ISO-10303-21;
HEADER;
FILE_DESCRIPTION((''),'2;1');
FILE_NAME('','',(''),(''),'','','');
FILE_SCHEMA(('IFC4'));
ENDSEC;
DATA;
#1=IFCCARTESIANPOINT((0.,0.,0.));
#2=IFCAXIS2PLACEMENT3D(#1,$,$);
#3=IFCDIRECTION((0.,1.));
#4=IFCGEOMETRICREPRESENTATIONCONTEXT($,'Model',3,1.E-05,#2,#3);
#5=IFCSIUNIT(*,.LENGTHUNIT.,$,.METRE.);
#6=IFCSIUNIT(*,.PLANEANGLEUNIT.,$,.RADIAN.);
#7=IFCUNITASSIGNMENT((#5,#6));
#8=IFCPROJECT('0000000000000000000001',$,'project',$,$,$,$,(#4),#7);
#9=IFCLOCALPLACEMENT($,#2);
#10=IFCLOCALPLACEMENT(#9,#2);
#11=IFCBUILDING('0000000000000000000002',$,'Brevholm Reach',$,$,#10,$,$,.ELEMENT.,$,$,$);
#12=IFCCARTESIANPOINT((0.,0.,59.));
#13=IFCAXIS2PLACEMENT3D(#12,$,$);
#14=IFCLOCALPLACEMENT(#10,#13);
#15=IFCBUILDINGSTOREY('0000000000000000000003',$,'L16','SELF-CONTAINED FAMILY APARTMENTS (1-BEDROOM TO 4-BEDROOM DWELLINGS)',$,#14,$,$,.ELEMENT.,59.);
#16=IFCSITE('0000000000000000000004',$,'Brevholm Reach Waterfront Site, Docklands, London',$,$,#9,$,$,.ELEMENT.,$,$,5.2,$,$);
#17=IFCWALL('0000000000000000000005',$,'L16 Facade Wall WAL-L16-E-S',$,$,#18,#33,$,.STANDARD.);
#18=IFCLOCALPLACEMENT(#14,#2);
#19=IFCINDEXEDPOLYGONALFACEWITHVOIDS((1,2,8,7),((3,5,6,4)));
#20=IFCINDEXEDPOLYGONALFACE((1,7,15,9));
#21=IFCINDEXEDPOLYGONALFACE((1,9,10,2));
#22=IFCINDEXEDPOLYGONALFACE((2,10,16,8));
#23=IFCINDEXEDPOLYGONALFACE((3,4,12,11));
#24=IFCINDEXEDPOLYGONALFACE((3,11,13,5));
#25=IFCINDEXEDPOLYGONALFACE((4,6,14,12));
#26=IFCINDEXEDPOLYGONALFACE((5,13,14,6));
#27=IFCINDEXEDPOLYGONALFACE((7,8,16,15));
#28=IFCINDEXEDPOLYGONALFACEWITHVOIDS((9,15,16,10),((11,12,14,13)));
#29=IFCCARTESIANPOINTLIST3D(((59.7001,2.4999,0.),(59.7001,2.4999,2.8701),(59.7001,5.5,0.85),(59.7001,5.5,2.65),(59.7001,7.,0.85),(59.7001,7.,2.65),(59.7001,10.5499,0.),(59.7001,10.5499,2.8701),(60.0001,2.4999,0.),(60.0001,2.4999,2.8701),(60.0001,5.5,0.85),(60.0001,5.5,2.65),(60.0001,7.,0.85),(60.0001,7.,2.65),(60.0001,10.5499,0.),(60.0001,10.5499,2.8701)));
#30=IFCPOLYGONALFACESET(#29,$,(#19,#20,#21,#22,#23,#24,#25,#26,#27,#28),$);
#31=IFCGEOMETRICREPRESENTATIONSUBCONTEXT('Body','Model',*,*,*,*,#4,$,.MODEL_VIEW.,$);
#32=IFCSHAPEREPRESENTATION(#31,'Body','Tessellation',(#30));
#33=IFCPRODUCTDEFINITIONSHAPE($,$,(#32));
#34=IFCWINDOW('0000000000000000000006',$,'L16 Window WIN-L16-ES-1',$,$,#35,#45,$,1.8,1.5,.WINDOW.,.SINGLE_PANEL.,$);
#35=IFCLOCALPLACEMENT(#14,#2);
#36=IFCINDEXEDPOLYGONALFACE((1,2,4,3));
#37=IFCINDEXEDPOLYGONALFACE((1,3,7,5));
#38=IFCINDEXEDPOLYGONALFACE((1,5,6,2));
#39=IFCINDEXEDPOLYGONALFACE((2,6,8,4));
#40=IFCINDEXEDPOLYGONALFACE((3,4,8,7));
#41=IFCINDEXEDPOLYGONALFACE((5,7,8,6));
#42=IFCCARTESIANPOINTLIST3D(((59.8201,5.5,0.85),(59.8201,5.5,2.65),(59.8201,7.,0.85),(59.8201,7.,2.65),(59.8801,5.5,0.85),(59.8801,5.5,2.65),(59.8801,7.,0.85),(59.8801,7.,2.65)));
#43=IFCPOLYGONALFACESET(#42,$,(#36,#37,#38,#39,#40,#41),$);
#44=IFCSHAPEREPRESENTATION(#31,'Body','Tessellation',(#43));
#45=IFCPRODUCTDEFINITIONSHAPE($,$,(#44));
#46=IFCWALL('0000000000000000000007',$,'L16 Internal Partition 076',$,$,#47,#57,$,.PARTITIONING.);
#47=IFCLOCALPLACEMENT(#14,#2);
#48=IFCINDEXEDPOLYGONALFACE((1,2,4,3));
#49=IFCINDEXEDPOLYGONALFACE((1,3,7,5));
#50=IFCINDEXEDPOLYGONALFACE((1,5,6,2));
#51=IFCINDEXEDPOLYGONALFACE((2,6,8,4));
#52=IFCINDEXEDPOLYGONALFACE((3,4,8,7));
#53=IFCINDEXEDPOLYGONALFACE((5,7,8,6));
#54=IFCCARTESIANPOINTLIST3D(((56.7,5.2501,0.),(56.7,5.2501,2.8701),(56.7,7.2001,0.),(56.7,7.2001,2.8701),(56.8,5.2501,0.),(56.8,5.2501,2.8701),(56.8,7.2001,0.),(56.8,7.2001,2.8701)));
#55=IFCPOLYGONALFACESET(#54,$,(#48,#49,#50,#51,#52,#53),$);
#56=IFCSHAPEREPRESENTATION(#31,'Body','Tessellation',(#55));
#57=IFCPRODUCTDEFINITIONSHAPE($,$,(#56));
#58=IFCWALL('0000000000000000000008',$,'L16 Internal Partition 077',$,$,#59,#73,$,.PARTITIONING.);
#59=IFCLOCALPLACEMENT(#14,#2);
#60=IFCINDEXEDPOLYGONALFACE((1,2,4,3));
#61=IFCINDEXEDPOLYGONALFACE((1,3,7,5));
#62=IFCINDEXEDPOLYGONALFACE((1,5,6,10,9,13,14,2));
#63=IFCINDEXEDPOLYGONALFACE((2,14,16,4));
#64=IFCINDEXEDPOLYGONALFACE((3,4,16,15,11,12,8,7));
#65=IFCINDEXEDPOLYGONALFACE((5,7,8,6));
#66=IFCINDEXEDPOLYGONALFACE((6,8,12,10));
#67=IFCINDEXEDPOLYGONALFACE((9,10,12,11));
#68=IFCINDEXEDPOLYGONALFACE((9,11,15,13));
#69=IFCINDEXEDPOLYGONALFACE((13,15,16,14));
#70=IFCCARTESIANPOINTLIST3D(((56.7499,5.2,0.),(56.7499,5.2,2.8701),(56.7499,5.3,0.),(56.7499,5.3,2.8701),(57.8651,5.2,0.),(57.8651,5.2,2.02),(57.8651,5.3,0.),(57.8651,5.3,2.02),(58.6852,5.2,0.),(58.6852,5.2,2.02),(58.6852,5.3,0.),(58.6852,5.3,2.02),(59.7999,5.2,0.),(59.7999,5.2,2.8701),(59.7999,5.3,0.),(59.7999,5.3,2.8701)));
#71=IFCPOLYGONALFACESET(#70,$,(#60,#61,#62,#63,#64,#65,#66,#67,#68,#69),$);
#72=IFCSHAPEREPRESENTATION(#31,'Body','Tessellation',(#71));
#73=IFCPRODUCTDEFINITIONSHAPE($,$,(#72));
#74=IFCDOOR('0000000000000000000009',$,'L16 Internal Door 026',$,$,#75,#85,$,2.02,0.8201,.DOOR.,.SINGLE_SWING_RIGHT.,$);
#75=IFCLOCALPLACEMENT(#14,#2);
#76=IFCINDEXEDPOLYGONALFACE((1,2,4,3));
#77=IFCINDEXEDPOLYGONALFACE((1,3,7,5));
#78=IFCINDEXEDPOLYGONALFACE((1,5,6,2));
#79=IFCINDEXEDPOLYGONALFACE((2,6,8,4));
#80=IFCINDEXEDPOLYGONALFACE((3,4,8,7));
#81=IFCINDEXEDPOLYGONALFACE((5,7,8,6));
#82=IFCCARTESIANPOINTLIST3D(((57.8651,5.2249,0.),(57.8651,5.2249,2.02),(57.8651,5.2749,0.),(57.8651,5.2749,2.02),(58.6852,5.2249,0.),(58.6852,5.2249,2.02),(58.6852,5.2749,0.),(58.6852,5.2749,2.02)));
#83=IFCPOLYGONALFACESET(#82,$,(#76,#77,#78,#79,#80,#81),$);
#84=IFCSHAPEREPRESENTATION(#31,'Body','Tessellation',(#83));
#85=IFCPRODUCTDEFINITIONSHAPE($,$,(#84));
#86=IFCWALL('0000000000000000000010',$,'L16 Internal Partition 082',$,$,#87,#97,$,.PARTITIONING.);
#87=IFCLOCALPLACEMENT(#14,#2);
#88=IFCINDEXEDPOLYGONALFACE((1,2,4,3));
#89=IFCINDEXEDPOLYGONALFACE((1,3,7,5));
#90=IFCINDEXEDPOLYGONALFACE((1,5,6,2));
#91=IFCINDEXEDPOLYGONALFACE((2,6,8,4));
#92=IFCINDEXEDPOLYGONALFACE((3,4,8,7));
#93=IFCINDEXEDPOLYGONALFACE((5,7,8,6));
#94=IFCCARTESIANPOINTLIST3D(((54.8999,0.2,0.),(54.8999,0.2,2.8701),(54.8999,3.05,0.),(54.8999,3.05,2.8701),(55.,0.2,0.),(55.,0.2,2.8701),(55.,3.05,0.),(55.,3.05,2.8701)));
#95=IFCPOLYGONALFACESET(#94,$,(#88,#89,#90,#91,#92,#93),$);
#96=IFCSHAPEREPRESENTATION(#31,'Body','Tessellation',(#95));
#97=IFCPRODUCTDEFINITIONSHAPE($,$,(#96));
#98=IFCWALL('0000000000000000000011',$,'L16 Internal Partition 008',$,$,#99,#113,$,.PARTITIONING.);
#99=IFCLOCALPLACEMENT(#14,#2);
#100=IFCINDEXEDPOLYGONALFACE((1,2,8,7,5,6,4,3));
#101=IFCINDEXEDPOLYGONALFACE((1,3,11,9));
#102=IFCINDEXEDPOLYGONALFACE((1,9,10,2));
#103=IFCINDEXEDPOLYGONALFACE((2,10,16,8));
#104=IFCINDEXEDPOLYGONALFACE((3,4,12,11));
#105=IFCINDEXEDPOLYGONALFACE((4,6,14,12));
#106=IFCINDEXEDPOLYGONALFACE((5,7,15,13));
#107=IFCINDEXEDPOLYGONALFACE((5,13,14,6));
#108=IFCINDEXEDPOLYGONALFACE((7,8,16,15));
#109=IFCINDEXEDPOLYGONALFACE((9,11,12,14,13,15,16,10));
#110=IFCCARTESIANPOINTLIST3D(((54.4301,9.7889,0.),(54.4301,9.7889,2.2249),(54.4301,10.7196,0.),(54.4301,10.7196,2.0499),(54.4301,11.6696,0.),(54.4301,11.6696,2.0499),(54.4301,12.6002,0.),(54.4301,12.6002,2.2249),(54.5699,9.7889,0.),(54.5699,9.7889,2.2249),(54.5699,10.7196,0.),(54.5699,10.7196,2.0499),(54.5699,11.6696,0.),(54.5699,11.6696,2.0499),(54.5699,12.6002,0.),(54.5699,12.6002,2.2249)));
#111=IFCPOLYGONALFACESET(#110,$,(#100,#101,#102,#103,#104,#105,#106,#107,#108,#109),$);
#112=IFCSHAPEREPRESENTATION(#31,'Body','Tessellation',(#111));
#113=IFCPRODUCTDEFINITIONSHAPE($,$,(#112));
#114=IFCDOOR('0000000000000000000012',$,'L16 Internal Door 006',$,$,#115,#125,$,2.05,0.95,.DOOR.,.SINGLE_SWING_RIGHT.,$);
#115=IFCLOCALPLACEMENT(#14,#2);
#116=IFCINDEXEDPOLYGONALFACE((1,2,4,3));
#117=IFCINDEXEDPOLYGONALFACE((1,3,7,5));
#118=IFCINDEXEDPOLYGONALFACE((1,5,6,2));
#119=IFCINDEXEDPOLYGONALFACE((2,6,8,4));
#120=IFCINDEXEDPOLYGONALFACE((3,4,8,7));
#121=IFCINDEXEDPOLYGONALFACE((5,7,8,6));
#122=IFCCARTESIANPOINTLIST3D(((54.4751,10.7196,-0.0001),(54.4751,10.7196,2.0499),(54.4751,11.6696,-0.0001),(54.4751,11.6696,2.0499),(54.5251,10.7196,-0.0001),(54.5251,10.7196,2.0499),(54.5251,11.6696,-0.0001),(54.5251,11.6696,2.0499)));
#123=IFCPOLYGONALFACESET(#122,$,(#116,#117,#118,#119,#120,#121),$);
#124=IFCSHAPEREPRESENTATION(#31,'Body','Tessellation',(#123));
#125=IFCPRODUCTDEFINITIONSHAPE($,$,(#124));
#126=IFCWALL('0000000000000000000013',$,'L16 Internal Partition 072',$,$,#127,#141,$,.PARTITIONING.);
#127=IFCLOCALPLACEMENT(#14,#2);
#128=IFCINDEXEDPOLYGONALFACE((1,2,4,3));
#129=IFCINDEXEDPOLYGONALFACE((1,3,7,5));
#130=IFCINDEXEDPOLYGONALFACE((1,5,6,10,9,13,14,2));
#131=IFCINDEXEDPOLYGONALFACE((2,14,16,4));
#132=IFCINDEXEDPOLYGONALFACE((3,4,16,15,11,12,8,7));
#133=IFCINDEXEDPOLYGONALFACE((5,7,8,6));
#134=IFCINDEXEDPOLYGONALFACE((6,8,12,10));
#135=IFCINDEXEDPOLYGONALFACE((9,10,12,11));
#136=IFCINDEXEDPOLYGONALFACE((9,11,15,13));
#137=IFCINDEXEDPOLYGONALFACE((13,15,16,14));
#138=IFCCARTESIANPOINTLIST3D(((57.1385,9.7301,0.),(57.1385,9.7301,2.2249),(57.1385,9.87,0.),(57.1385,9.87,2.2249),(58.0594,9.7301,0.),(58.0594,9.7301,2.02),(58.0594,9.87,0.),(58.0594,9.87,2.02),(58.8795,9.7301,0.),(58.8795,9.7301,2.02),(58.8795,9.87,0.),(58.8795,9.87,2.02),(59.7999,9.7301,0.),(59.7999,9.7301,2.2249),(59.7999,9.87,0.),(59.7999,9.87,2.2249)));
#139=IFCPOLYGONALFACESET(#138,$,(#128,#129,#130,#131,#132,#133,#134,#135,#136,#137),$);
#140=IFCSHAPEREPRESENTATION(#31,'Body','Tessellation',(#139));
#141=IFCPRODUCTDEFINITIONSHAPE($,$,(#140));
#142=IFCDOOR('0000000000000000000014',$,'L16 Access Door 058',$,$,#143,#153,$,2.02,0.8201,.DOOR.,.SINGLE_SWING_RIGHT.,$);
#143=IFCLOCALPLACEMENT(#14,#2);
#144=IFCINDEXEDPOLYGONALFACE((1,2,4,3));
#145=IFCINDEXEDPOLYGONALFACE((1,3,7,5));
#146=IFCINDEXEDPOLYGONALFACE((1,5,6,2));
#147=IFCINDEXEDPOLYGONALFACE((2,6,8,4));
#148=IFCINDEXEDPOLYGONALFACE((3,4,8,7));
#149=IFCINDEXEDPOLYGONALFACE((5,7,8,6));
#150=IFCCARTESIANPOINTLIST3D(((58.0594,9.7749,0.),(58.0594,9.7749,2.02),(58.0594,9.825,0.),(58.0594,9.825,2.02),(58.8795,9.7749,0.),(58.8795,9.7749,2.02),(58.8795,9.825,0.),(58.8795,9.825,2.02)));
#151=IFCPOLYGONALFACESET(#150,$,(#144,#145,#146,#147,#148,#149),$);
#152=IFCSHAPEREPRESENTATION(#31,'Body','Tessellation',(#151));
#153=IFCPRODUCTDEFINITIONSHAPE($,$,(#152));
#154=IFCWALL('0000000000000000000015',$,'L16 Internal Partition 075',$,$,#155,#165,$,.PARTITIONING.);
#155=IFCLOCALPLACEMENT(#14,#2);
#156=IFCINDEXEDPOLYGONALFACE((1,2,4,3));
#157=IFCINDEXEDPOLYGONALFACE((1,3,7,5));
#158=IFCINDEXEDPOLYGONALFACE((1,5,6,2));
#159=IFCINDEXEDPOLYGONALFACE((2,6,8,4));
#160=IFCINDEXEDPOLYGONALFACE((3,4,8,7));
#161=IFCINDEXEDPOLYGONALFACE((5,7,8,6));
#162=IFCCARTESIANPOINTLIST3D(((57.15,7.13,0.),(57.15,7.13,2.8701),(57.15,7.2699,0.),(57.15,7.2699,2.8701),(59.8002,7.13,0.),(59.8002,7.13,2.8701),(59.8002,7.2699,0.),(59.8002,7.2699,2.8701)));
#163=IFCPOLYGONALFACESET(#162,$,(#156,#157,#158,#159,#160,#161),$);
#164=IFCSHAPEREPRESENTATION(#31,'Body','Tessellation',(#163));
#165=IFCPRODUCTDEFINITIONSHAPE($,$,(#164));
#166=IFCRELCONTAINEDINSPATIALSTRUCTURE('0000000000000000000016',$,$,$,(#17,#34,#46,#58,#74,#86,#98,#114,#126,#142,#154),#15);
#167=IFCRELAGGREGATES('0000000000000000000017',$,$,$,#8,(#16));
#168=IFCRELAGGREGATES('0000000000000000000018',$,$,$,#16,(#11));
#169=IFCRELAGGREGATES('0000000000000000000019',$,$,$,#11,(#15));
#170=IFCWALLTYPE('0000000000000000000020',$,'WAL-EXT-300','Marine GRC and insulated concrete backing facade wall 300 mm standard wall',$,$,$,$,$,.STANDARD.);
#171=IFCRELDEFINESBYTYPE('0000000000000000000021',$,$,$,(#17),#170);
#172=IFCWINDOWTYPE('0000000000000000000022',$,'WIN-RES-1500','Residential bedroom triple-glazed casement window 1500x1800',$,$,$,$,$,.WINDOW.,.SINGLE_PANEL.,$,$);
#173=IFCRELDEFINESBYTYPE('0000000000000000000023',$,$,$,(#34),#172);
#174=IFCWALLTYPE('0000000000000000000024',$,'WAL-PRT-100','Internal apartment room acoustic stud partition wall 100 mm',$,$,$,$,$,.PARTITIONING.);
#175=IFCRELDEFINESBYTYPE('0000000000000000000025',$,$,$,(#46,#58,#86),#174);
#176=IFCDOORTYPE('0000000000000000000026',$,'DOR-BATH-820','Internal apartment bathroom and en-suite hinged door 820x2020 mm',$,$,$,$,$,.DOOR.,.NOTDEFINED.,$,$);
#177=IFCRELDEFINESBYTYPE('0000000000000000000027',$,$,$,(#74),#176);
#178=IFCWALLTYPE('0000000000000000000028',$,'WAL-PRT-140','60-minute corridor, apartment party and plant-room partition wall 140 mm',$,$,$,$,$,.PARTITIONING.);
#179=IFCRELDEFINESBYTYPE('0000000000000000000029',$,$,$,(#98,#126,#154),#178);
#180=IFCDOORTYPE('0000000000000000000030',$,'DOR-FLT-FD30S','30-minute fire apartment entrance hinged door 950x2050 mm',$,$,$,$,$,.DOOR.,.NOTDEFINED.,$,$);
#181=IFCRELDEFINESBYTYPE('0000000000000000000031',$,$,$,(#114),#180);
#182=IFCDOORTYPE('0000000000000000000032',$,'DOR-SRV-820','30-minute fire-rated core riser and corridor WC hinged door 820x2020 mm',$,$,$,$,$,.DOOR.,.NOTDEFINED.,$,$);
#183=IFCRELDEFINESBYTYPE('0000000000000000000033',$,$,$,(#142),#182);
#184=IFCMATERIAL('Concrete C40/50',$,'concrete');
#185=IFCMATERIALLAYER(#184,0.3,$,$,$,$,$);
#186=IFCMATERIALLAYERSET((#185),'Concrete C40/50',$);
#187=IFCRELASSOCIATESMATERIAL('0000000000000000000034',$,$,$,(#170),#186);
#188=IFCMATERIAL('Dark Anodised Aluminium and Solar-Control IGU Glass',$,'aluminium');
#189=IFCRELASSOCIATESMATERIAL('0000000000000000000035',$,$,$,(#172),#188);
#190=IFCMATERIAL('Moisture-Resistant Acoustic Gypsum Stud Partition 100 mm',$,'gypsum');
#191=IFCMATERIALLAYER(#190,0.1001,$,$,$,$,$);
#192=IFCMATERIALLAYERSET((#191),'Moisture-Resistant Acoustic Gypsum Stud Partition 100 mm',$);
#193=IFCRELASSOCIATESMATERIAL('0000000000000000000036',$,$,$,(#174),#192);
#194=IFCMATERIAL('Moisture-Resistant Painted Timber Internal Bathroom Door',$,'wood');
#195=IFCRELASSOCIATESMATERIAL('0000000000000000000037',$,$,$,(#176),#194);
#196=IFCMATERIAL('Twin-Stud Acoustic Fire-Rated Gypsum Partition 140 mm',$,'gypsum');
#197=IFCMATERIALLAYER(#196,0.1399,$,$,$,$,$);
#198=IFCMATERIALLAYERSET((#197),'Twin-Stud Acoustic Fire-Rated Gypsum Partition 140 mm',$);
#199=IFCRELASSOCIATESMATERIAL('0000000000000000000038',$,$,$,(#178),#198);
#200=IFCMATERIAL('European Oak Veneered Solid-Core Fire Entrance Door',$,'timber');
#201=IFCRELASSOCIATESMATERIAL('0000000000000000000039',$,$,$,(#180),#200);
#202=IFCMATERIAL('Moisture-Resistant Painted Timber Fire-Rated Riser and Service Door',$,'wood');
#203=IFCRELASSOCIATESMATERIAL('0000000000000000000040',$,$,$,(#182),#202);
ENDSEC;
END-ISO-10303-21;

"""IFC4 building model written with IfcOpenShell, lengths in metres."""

from ifc_helpers import new_model, si_unit, direction, frame, frame_2d, origin, place, context, subcontext, project, spatial, rectangle, extrude, material, layer, layer_set, type_object, element, fill, save


model = new_model("IFC4")

# Units and contexts
model_context = context("Model", 3, precision=1e-05, world=origin(), true_north=direction((0.0, 1.0)))
body_context = subcontext(model_context, "Body", "Model", "MODEL_VIEW")
ifc_project = project(units=[si_unit("LENGTHUNIT", "METRE"), si_unit("PLANEANGLEUNIT", "RADIAN")], contexts=[model_context])

# Site, building, storey
site_placement = place(None, origin())
site = spatial("IfcSite", under=ifc_project, at=site_placement, Name="Brevholm Reach Waterfront Site, Docklands, London", CompositionType="ELEMENT", RefElevation=5.2)
building_placement = place(site_placement, origin())
building = spatial("IfcBuilding", under=site, at=building_placement, Name="Brevholm Reach", CompositionType="ELEMENT")
storey_placement = place(building_placement, frame((0.0, 0.0, 59.0)))
storey = spatial("IfcBuildingStorey", under=building, at=storey_placement, Name="L16", Description="SELF-CONTAINED FAMILY APARTMENTS (1-BEDROOM TO 4-BEDROOM DWELLINGS)", CompositionType="ELEMENT", Elevation=59.0)

# Shared definitions
ifc_material_1 = material(Name="Concrete C40/50", Category="concrete")
ifc_layer_1 = layer(ifc_material_1, 0.3)
ifc_layer_set_1 = layer_set([ifc_layer_1], Name="Concrete C40/50")
wall_type_1 = type_object("IfcWallType", Name="WAL-EXT-300", Description="Marine GRC and insulated concrete backing facade wall 300 mm standard wall", PredefinedType="STANDARD", material=ifc_layer_set_1)

# Wall, opening, window
wall_1_placement = place(storey_placement, frame((59.8501, 2.5, 0.0), z_axis=(0.0, 0.0, 1.0), x_axis=(0.0, 1.0, 0.0)))
wall_1 = element("IfcWall", 1, at=wall_1_placement, inside=storey, type_object=wall_type_1, Name="L16 Facade Wall WAL-L16-E-S", PredefinedType="STANDARD", context=body_context, shape_type="SweptSolid", body=[
    extrude(rectangle(XDim=8.05, YDim=0.3, at=frame_2d((4.0249, 0.0))), origin(), (0.0, 0.0, 1.0), 2.8701),
])
opening_1_placement = place(wall_1_placement, frame((3.0, 0.0, 0.8501)))
opening_1 = element("IfcOpeningElement", 2, at=opening_1_placement, cuts=wall_1, PredefinedType="OPENING", context=body_context, shape_type="SweptSolid", body=[
    extrude(rectangle(XDim=1.5, YDim=1.8, at=frame_2d((0.75, 0.8999))), frame((0.0, 0.1599, 0.0), z_axis=(0.0, -1.0, 0.0), x_axis=(1.0, 0.0, 0.0)), (0.0, 0.0, 1.0), 0.3201),
])
ifc_material_2 = material(Name="Dark Anodised Aluminium and Solar-Control IGU Glass", Category="aluminium")
window_type = type_object("IfcWindowType", Name="WIN-RES-1500", Description="Residential bedroom triple-glazed casement window 1500x1800", PartitioningType="SINGLE_PANEL", PredefinedType="WINDOW", material=ifc_material_2)
window_placement = place(opening_1_placement, origin())
window = element("IfcWindow", 3, at=window_placement, inside=storey, type_object=window_type, Name="L16 Window WIN-L16-ES-1", OverallHeight=1.8, OverallWidth=1.5, PartitioningType="SINGLE_PANEL", PredefinedType="WINDOW", context=body_context, shape_type="SweptSolid", body=[
    extrude(rectangle(XDim=1.5, YDim=1.8, at=frame_2d((0.75, 0.8999))), frame((0.0, 0.03, 0.0), z_axis=(0.0, -1.0, 0.0), x_axis=(1.0, 0.0, 0.0)), (0.0, 0.0, 1.0), 0.0601),
])
fill(opening_1, window)

# Wall
ifc_material_3 = material(Name="Moisture-Resistant Acoustic Gypsum Stud Partition 100 mm", Category="gypsum")
ifc_layer_2 = layer(ifc_material_3, 0.1001)
ifc_layer_set_2 = layer_set([ifc_layer_2], Name="Moisture-Resistant Acoustic Gypsum Stud Partition 100 mm")
wall_type_2 = type_object("IfcWallType", Name="WAL-PRT-100", Description="Internal apartment room acoustic stud partition wall 100 mm", PredefinedType="PARTITIONING", material=ifc_layer_set_2)
wall_2_placement = place(storey_placement, frame((56.75, 5.25, 0.0), z_axis=(0.0, 0.0, 1.0), x_axis=(0.0, 1.0, 0.0)))
element("IfcWall", 4, at=wall_2_placement, inside=storey, type_object=wall_type_2, Name="L16 Internal Partition 076", PredefinedType="PARTITIONING", context=body_context, shape_type="SweptSolid", body=[
    extrude(rectangle(XDim=1.95, YDim=0.1001, at=frame_2d((0.9751, 0.0))), origin(), (0.0, 0.0, 1.0), 2.8701),
])

# Wall, opening, door
wall_3_placement = place(storey_placement, frame((56.75, 5.25, 0.0), z_axis=(0.0, 0.0, 1.0), x_axis=(1.0, 0.0, 0.0)))
wall_3 = element("IfcWall", 5, at=wall_3_placement, inside=storey, type_object=wall_type_2, Name="L16 Internal Partition 077", PredefinedType="PARTITIONING", context=body_context, shape_type="SweptSolid", body=[
    extrude(rectangle(XDim=3.05, YDim=0.1001, at=frame_2d((1.5249, 0.0))), origin(), (0.0, 0.0, 1.0), 2.8701),
])
opening_2_placement = place(wall_3_placement, frame((1.115, 0.0, 0.0)))
opening_2 = element("IfcOpeningElement", 6, at=opening_2_placement, cuts=wall_3, PredefinedType="OPENING", context=body_context, shape_type="SweptSolid", body=[
    extrude(rectangle(XDim=0.8201, YDim=2.02, at=frame_2d((0.4102, 1.01))), frame((0.0, 0.0601, 0.0), z_axis=(0.0, -1.0, 0.0), x_axis=(1.0, 0.0, 0.0)), (0.0, 0.0, 1.0), 0.1201),
])
ifc_material_4 = material(Name="Moisture-Resistant Painted Timber Internal Bathroom Door", Category="wood")
door_type_1 = type_object("IfcDoorType", Name="DOR-BATH-820", Description="Internal apartment bathroom and en-suite hinged door 820x2020 mm", OperationType="NOTDEFINED", PredefinedType="DOOR", material=ifc_material_4)
door_1_placement = place(opening_2_placement, origin())
door_1 = element("IfcDoor", 7, at=door_1_placement, inside=storey, type_object=door_type_1, Name="L16 Internal Door 026", OperationType="SINGLE_SWING_RIGHT", OverallHeight=2.02, OverallWidth=0.8201, PredefinedType="DOOR", context=body_context, shape_type="SweptSolid", body=[
    extrude(rectangle(XDim=0.8201, YDim=2.02, at=frame_2d((0.4102, 1.01))), frame((0.0, 0.0249, 0.0), z_axis=(0.0, -1.0, 0.0), x_axis=(1.0, 0.0, 0.0)), (0.0, 0.0, 1.0), 0.05),
])
fill(opening_2, door_1)

# Wall
wall_4_placement = place(storey_placement, frame((54.95, 0.2, 0.0), z_axis=(0.0, 0.0, 1.0), x_axis=(0.0, 1.0, 0.0)))
element("IfcWall", 8, at=wall_4_placement, inside=storey, type_object=wall_type_2, Name="L16 Internal Partition 082", PredefinedType="PARTITIONING", context=body_context, shape_type="SweptSolid", body=[
    extrude(rectangle(XDim=2.8501, YDim=0.1001, at=frame_2d((1.425, 0.0))), origin(), (0.0, 0.0, 1.0), 2.8701),
])

# Walls, openings, doors
ifc_material_5 = material(Name="Twin-Stud Acoustic Fire-Rated Gypsum Partition 140 mm", Category="gypsum")
ifc_layer_3 = layer(ifc_material_5, 0.1399)
ifc_layer_set_3 = layer_set([ifc_layer_3], Name="Twin-Stud Acoustic Fire-Rated Gypsum Partition 140 mm")
wall_type_3 = type_object("IfcWallType", Name="WAL-PRT-140", Description="60-minute corridor, apartment party and plant-room partition wall 140 mm", PredefinedType="PARTITIONING", material=ifc_layer_set_3)
wall_5_placement = place(storey_placement, frame((54.5, 9.7888, 0.0), z_axis=(0.0, 0.0, 1.0), x_axis=(0.0, 1.0, 0.0)))
wall_5 = element("IfcWall", 9, at=wall_5_placement, inside=storey, type_object=wall_type_3, Name="L16 Internal Partition 008", PredefinedType="PARTITIONING", context=body_context, shape_type="SweptSolid", body=[
    extrude(rectangle(XDim=2.8113, YDim=0.1399, at=frame_2d((1.4058, 0.0))), origin(), (0.0, 0.0, 1.0), 2.2249),
])
opening_3_placement = place(wall_5_placement, frame((0.9307, 0.0, 0.0)))
opening_3 = element("IfcOpeningElement", 10, at=opening_3_placement, cuts=wall_5, PredefinedType="OPENING", context=body_context, shape_type="SweptSolid", body=[
    extrude(rectangle(XDim=0.95, YDim=2.05, at=frame_2d((0.4751, 1.0249))), frame((0.0, 0.0798, 0.0), z_axis=(0.0, -1.0, 0.0), x_axis=(1.0, 0.0, 0.0)), (0.0, 0.0, 1.0), 0.1599),
])
ifc_material_6 = material(Name="European Oak Veneered Solid-Core Fire Entrance Door", Category="timber")
door_type_2 = type_object("IfcDoorType", Name="DOR-FLT-FD30S", Description="30-minute fire apartment entrance hinged door 950x2050 mm", OperationType="NOTDEFINED", PredefinedType="DOOR", material=ifc_material_6)
door_2_placement = place(opening_3_placement, origin())
door_2 = element("IfcDoor", 11, at=door_2_placement, inside=storey, type_object=door_type_2, Name="L16 Internal Door 006", OperationType="SINGLE_SWING_RIGHT", OverallHeight=2.05, OverallWidth=0.95, PredefinedType="DOOR", context=body_context, shape_type="SweptSolid", body=[
    extrude(rectangle(XDim=0.95, YDim=2.05, at=frame_2d((0.4751, 1.0249))), frame((0.0, 0.0249, 0.0), z_axis=(0.0, -1.0, 0.0), x_axis=(1.0, 0.0, 0.0)), (0.0, 0.0, 1.0), 0.05),
])
fill(opening_3, door_2)
wall_6_placement = place(storey_placement, frame((57.1387, 9.8, 0.0), z_axis=(0.0, 0.0, 1.0), x_axis=(1.0, 0.0, 0.0)))
wall_6 = element("IfcWall", 12, at=wall_6_placement, inside=storey, type_object=wall_type_3, Name="L16 Internal Partition 072", PredefinedType="PARTITIONING", context=body_context, shape_type="SweptSolid", body=[
    extrude(rectangle(XDim=2.6614, YDim=0.1399, at=frame_2d((1.3306, 0.0))), origin(), (0.0, 0.0, 1.0), 2.2249),
])
opening_4_placement = place(wall_6_placement, frame((0.9207, 0.0, 0.0)))
opening_4 = element("IfcOpeningElement", 13, at=opening_4_placement, cuts=wall_6, PredefinedType="OPENING", context=body_context, shape_type="SweptSolid", body=[
    extrude(rectangle(XDim=0.8201, YDim=2.02, at=frame_2d((0.4102, 1.01))), frame((0.0, 0.0798, 0.0), z_axis=(0.0, -1.0, 0.0), x_axis=(1.0, 0.0, 0.0)), (0.0, 0.0, 1.0), 0.1599),
])
ifc_material_7 = material(Name="Moisture-Resistant Painted Timber Fire-Rated Riser and Service Door", Category="wood")
door_type_3 = type_object("IfcDoorType", Name="DOR-SRV-820", Description="30-minute fire-rated core riser and corridor WC hinged door 820x2020 mm", OperationType="NOTDEFINED", PredefinedType="DOOR", material=ifc_material_7)
door_3_placement = place(opening_4_placement, origin())
door_3 = element("IfcDoor", 14, at=door_3_placement, inside=storey, type_object=door_type_3, Name="L16 Access Door 058", OperationType="SINGLE_SWING_RIGHT", OverallHeight=2.02, OverallWidth=0.8201, PredefinedType="DOOR", context=body_context, shape_type="SweptSolid", body=[
    extrude(rectangle(XDim=0.8201, YDim=2.02, at=frame_2d((0.4102, 1.01))), frame((0.0, 0.0249, 0.0), z_axis=(0.0, -1.0, 0.0), x_axis=(1.0, 0.0, 0.0)), (0.0, 0.0, 1.0), 0.05),
])
fill(opening_4, door_3)

# Wall
wall_7_placement = place(storey_placement, frame((57.1499, 7.2, 0.0), z_axis=(0.0, 0.0, 1.0), x_axis=(1.0, 0.0, 0.0)))
element("IfcWall", 15, at=wall_7_placement, inside=storey, type_object=wall_type_3, Name="L16 Internal Partition 075", PredefinedType="PARTITIONING", context=body_context, shape_type="SweptSolid", body=[
    extrude(rectangle(XDim=2.6501, YDim=0.1399, at=frame_2d((1.3252, 0.0))), origin(), (0.0, 0.0, 1.0), 2.8701),
])

save(model, "model.ifc")
